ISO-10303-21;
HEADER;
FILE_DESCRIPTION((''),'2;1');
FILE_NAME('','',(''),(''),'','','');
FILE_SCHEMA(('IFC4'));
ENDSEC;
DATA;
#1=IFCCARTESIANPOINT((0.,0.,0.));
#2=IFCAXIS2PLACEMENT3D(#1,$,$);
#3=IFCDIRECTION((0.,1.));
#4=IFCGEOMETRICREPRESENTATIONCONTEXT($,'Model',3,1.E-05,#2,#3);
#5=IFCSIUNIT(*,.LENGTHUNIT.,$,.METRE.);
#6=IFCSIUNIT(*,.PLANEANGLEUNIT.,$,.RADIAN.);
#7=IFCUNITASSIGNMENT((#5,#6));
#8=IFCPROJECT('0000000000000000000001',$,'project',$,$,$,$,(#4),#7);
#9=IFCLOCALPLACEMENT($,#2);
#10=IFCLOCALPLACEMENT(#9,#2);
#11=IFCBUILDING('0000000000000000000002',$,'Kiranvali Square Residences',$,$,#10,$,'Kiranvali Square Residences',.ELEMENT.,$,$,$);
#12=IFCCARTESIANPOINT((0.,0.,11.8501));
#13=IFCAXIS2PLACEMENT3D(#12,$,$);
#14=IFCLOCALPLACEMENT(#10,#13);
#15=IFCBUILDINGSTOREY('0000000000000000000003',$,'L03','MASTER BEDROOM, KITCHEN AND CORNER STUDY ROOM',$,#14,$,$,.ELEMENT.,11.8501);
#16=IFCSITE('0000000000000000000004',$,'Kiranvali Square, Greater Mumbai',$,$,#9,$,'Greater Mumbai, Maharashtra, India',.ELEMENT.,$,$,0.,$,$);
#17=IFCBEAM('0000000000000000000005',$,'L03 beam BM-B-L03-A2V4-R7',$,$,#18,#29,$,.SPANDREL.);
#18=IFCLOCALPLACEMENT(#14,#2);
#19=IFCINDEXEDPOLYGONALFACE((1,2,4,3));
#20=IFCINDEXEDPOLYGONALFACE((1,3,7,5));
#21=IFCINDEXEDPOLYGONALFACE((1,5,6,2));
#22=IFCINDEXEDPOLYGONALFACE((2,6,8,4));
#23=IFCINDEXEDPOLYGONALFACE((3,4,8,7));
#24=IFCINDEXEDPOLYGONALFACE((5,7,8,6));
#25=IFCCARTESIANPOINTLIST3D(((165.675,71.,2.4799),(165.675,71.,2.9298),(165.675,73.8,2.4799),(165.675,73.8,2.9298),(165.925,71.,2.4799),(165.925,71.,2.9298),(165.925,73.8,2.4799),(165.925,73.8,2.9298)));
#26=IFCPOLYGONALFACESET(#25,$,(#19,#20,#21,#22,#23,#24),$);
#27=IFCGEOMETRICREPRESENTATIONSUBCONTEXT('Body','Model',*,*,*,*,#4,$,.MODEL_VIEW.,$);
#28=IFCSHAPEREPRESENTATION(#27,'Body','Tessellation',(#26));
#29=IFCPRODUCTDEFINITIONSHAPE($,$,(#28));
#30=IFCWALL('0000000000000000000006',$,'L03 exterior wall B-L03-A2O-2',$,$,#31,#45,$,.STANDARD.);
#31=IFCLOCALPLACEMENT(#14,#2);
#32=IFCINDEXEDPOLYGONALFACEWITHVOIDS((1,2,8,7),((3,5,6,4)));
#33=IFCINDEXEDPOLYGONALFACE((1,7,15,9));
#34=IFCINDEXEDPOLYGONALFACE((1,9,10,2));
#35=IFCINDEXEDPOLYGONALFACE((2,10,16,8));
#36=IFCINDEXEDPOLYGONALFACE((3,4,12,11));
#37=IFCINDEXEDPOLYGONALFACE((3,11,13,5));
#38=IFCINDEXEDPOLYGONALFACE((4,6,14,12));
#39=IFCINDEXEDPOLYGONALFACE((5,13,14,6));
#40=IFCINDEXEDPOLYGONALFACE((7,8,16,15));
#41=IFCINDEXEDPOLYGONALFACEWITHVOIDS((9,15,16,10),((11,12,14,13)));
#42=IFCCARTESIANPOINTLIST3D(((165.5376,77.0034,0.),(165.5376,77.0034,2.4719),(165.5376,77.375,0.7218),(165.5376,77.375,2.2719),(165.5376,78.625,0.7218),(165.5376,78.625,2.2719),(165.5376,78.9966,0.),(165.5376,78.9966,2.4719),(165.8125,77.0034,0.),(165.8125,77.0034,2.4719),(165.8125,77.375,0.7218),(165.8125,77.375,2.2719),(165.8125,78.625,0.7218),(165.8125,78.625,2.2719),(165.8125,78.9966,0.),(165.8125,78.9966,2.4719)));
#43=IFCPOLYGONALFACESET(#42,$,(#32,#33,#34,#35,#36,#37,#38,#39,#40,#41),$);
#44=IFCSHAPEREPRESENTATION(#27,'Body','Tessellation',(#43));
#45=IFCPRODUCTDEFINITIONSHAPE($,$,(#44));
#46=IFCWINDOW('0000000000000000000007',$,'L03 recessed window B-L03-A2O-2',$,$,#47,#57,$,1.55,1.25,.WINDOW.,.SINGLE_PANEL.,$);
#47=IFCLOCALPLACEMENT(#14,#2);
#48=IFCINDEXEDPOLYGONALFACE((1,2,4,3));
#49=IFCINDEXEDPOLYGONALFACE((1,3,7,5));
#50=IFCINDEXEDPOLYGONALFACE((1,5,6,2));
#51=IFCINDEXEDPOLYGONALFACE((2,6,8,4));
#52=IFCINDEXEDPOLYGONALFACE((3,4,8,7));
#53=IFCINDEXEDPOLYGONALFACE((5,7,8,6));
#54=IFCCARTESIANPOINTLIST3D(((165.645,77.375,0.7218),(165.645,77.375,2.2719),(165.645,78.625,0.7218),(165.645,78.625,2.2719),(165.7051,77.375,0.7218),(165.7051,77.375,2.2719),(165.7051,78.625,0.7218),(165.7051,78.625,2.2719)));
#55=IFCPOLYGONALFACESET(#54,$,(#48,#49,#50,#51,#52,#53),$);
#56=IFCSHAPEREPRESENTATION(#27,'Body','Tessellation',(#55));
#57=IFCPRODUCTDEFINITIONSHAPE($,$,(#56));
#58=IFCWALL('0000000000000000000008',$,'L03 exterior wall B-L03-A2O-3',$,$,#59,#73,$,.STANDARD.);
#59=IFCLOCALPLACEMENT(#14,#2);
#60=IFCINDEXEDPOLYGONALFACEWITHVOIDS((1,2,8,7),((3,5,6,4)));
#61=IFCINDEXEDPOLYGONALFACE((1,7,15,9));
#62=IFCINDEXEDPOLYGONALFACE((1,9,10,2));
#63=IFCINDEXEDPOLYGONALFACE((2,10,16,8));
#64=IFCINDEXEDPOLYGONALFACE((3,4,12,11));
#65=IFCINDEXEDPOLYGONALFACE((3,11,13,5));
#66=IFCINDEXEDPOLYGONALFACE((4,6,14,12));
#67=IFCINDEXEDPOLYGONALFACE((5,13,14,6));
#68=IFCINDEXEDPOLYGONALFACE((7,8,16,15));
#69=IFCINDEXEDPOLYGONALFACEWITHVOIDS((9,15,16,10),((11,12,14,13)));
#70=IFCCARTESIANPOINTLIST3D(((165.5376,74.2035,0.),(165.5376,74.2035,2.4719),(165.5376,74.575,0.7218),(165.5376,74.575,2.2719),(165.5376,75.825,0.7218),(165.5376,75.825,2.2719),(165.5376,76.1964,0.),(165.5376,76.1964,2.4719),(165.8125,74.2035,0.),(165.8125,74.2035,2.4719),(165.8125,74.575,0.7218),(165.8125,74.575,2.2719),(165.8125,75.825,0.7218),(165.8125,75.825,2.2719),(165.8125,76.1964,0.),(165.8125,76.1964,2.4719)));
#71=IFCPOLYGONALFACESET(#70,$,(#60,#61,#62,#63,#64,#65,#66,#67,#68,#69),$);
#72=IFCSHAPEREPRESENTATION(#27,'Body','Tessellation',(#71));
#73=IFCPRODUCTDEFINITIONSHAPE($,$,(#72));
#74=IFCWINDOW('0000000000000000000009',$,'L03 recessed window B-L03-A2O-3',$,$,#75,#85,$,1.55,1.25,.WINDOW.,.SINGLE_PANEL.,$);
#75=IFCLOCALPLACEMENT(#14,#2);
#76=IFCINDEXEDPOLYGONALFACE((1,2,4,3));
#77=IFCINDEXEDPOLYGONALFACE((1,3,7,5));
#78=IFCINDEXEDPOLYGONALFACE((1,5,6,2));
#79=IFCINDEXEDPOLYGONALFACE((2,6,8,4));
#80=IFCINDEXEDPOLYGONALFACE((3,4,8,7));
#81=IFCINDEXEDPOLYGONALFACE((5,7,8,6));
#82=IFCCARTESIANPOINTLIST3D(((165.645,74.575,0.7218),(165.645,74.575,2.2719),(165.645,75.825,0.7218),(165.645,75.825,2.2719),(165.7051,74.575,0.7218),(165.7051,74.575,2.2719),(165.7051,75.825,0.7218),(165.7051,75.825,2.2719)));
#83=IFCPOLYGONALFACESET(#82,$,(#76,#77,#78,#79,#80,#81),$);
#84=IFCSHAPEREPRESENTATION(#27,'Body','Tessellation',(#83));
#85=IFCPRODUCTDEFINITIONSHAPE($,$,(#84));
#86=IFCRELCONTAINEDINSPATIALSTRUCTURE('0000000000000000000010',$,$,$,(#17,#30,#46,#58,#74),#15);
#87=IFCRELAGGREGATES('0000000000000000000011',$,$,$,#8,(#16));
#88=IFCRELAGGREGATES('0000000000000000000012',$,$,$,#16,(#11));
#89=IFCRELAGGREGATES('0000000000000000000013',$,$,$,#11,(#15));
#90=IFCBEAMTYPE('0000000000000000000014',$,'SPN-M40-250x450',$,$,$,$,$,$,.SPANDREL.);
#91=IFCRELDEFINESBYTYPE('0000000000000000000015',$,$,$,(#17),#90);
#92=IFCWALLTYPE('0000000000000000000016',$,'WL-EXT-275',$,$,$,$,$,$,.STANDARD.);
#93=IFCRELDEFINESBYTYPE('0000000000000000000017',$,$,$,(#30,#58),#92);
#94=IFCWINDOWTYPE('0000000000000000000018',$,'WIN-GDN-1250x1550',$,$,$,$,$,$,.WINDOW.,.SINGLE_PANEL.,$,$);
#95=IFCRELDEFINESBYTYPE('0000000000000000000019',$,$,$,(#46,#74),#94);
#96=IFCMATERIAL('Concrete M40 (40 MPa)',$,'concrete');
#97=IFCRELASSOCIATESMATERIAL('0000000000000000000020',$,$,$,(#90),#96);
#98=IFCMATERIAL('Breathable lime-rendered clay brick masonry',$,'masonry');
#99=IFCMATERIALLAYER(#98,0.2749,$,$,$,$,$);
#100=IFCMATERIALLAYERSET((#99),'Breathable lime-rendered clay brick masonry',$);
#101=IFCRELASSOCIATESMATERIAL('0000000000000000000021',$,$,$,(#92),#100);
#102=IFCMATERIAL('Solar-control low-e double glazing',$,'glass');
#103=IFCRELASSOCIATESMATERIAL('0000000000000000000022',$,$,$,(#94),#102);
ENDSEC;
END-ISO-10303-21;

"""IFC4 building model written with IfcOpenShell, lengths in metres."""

from ifc_helpers import new_model, si_unit, direction, frame, frame_2d, origin, origin_2d, place, context, subcontext, project, spatial, rectangle, extrude, material, layer, layer_set, material_profile, profile_set, type_object, element, fill, save


model = new_model("IFC4")

# Units and contexts
model_context = context("Model", 3, precision=1e-05, world=origin(), true_north=direction((0.0, 1.0)))
body_context = subcontext(model_context, "Body", "Model", "MODEL_VIEW")
ifc_project = project(units=[si_unit("LENGTHUNIT", "METRE"), si_unit("PLANEANGLEUNIT", "RADIAN")], contexts=[model_context])

# Site, building, storey
site_placement = place(None, origin())
site = spatial("IfcSite", under=ifc_project, at=site_placement, Name="Kiranvali Square, Greater Mumbai", LongName="Greater Mumbai, Maharashtra, India", CompositionType="ELEMENT", RefElevation=0.0)
building_placement = place(site_placement, origin())
building = spatial("IfcBuilding", under=site, at=building_placement, Name="Kiranvali Square Residences", LongName="Kiranvali Square Residences", CompositionType="ELEMENT")
storey_placement = place(building_placement, frame((0.0, 0.0, 11.8501)))
storey = spatial("IfcBuildingStorey", under=building, at=storey_placement, Name="L03", Description="MASTER BEDROOM, KITCHEN AND CORNER STUDY ROOM", CompositionType="ELEMENT", Elevation=11.8501)

# Beam
ifc_material_1 = material(Name="Concrete M40 (40 MPa)", Category="concrete")
ifc_material_profile_1 = material_profile(ifc_material_1, rectangle(XDim=0.25, YDim=0.45, at=origin_2d()), Name="RC 250x450")
ifc_profile_set_1 = profile_set([ifc_material_profile_1], Name="Concrete M40 (40 MPa)")
beam_type_1 = type_object("IfcBeamType", Name="SPN-M40-250x450", PredefinedType="SPANDREL", material=ifc_profile_set_1)
for number, where, z_axis, x_axis, name in (
    (1, (165.8, 73.8, 2.7048), (0.0, -1.0, 0.0), (1.0, 0.0, 0.0), "L03 beam BM-B-L03-A2V4-R7"),
):
    element("IfcBeam", number, at=place(storey_placement, frame(where, z_axis=z_axis, x_axis=x_axis)), inside=storey, type_object=beam_type_1, Name=name, PredefinedType="SPANDREL", context=body_context, shape_type="SweptSolid", body=[
        extrude(rectangle(XDim=0.25, YDim=0.45, at=origin_2d()), origin(), (0.0, 0.0, 1.0), 2.8),
    ])

# Walls, openings, windows
ifc_material_2 = material(Name="Breathable lime-rendered clay brick masonry", Category="masonry")
ifc_layer = layer(ifc_material_2, 0.2749)
ifc_layer_set = layer_set([ifc_layer], Name="Breathable lime-rendered clay brick masonry")
wall_type = type_object("IfcWallType", Name="WL-EXT-275", PredefinedType="STANDARD", material=ifc_layer_set)
wall_1_placement = place(storey_placement, frame((165.675, 78.9966, 0.0), z_axis=(0.0, 0.0, 1.0), x_axis=(0.0, -1.0, 0.0)))
wall_1 = element("IfcWall", 2, at=wall_1_placement, inside=storey, type_object=wall_type, Name="L03 exterior wall B-L03-A2O-2", PredefinedType="STANDARD", context=body_context, shape_type="SweptSolid", body=[
    extrude(rectangle(XDim=1.9932, YDim=0.2749, at=frame_2d((0.9966, 0.0))), origin(), (0.0, 0.0, 1.0), 2.4719),
])
opening_1_placement = place(wall_1_placement, frame((0.3716, 0.0, 0.7219)))
opening_1 = element("IfcOpeningElement", 3, at=opening_1_placement, cuts=wall_1, PredefinedType="OPENING", context=body_context, shape_type="SweptSolid", body=[
    extrude(rectangle(XDim=1.25, YDim=1.55, at=frame_2d((0.625, 0.7749))), frame((0.0, 0.1475, 0.0), z_axis=(0.0, -1.0, 0.0), x_axis=(1.0, 0.0, 0.0)), (0.0, 0.0, 1.0), 0.2949),
])
ifc_material_3 = material(Name="Solar-control low-e double glazing", Category="glass")
window_type = type_object("IfcWindowType", Name="WIN-GDN-1250x1550", PartitioningType="SINGLE_PANEL", PredefinedType="WINDOW", material=ifc_material_3)
window_1_placement = place(opening_1_placement, origin())
window_1 = element("IfcWindow", 4, at=window_1_placement, inside=storey, type_object=window_type, Name="L03 recessed window B-L03-A2O-2", OverallHeight=1.55, OverallWidth=1.25, PartitioningType="SINGLE_PANEL", PredefinedType="WINDOW", context=body_context, shape_type="SweptSolid", body=[
    extrude(rectangle(XDim=1.25, YDim=1.55, at=frame_2d((0.625, 0.7749))), frame((0.0, 0.03, 0.0), z_axis=(0.0, -1.0, 0.0), x_axis=(1.0, 0.0, 0.0)), (0.0, 0.0, 1.0), 0.0601),
])
fill(opening_1, window_1)
wall_2_placement = place(storey_placement, frame((165.675, 76.1965, 0.0), z_axis=(0.0, 0.0, 1.0), x_axis=(0.0, -1.0, 0.0)))
wall_2 = element("IfcWall", 5, at=wall_2_placement, inside=storey, type_object=wall_type, Name="L03 exterior wall B-L03-A2O-3", PredefinedType="STANDARD", context=body_context, shape_type="SweptSolid", body=[
    extrude(rectangle(XDim=1.9929, YDim=0.2749, at=frame_2d((0.9966, 0.0))), origin(), (0.0, 0.0, 1.0), 2.4719),
])
opening_2_placement = place(wall_2_placement, frame((0.3716, 0.0, 0.7219)))
opening_2 = element("IfcOpeningElement", 6, at=opening_2_placement, cuts=wall_2, PredefinedType="OPENING", context=body_context, shape_type="SweptSolid", body=[
    extrude(rectangle(XDim=1.25, YDim=1.55, at=frame_2d((0.625, 0.7749))), frame((0.0, 0.1475, 0.0), z_axis=(0.0, -1.0, 0.0), x_axis=(1.0, 0.0, 0.0)), (0.0, 0.0, 1.0), 0.2949),
])
window_2_placement = place(opening_2_placement, origin())
window_2 = element("IfcWindow", 7, at=window_2_placement, inside=storey, type_object=window_type, Name="L03 recessed window B-L03-A2O-3", OverallHeight=1.55, OverallWidth=1.25, PartitioningType="SINGLE_PANEL", PredefinedType="WINDOW", context=body_context, shape_type="SweptSolid", body=[
    extrude(rectangle(XDim=1.25, YDim=1.55, at=frame_2d((0.625, 0.7749))), frame((0.0, 0.03, 0.0), z_axis=(0.0, -1.0, 0.0), x_axis=(1.0, 0.0, 0.0)), (0.0, 0.0, 1.0), 0.0601),
])
fill(opening_2, window_2)

save(model, "model.ifc")
